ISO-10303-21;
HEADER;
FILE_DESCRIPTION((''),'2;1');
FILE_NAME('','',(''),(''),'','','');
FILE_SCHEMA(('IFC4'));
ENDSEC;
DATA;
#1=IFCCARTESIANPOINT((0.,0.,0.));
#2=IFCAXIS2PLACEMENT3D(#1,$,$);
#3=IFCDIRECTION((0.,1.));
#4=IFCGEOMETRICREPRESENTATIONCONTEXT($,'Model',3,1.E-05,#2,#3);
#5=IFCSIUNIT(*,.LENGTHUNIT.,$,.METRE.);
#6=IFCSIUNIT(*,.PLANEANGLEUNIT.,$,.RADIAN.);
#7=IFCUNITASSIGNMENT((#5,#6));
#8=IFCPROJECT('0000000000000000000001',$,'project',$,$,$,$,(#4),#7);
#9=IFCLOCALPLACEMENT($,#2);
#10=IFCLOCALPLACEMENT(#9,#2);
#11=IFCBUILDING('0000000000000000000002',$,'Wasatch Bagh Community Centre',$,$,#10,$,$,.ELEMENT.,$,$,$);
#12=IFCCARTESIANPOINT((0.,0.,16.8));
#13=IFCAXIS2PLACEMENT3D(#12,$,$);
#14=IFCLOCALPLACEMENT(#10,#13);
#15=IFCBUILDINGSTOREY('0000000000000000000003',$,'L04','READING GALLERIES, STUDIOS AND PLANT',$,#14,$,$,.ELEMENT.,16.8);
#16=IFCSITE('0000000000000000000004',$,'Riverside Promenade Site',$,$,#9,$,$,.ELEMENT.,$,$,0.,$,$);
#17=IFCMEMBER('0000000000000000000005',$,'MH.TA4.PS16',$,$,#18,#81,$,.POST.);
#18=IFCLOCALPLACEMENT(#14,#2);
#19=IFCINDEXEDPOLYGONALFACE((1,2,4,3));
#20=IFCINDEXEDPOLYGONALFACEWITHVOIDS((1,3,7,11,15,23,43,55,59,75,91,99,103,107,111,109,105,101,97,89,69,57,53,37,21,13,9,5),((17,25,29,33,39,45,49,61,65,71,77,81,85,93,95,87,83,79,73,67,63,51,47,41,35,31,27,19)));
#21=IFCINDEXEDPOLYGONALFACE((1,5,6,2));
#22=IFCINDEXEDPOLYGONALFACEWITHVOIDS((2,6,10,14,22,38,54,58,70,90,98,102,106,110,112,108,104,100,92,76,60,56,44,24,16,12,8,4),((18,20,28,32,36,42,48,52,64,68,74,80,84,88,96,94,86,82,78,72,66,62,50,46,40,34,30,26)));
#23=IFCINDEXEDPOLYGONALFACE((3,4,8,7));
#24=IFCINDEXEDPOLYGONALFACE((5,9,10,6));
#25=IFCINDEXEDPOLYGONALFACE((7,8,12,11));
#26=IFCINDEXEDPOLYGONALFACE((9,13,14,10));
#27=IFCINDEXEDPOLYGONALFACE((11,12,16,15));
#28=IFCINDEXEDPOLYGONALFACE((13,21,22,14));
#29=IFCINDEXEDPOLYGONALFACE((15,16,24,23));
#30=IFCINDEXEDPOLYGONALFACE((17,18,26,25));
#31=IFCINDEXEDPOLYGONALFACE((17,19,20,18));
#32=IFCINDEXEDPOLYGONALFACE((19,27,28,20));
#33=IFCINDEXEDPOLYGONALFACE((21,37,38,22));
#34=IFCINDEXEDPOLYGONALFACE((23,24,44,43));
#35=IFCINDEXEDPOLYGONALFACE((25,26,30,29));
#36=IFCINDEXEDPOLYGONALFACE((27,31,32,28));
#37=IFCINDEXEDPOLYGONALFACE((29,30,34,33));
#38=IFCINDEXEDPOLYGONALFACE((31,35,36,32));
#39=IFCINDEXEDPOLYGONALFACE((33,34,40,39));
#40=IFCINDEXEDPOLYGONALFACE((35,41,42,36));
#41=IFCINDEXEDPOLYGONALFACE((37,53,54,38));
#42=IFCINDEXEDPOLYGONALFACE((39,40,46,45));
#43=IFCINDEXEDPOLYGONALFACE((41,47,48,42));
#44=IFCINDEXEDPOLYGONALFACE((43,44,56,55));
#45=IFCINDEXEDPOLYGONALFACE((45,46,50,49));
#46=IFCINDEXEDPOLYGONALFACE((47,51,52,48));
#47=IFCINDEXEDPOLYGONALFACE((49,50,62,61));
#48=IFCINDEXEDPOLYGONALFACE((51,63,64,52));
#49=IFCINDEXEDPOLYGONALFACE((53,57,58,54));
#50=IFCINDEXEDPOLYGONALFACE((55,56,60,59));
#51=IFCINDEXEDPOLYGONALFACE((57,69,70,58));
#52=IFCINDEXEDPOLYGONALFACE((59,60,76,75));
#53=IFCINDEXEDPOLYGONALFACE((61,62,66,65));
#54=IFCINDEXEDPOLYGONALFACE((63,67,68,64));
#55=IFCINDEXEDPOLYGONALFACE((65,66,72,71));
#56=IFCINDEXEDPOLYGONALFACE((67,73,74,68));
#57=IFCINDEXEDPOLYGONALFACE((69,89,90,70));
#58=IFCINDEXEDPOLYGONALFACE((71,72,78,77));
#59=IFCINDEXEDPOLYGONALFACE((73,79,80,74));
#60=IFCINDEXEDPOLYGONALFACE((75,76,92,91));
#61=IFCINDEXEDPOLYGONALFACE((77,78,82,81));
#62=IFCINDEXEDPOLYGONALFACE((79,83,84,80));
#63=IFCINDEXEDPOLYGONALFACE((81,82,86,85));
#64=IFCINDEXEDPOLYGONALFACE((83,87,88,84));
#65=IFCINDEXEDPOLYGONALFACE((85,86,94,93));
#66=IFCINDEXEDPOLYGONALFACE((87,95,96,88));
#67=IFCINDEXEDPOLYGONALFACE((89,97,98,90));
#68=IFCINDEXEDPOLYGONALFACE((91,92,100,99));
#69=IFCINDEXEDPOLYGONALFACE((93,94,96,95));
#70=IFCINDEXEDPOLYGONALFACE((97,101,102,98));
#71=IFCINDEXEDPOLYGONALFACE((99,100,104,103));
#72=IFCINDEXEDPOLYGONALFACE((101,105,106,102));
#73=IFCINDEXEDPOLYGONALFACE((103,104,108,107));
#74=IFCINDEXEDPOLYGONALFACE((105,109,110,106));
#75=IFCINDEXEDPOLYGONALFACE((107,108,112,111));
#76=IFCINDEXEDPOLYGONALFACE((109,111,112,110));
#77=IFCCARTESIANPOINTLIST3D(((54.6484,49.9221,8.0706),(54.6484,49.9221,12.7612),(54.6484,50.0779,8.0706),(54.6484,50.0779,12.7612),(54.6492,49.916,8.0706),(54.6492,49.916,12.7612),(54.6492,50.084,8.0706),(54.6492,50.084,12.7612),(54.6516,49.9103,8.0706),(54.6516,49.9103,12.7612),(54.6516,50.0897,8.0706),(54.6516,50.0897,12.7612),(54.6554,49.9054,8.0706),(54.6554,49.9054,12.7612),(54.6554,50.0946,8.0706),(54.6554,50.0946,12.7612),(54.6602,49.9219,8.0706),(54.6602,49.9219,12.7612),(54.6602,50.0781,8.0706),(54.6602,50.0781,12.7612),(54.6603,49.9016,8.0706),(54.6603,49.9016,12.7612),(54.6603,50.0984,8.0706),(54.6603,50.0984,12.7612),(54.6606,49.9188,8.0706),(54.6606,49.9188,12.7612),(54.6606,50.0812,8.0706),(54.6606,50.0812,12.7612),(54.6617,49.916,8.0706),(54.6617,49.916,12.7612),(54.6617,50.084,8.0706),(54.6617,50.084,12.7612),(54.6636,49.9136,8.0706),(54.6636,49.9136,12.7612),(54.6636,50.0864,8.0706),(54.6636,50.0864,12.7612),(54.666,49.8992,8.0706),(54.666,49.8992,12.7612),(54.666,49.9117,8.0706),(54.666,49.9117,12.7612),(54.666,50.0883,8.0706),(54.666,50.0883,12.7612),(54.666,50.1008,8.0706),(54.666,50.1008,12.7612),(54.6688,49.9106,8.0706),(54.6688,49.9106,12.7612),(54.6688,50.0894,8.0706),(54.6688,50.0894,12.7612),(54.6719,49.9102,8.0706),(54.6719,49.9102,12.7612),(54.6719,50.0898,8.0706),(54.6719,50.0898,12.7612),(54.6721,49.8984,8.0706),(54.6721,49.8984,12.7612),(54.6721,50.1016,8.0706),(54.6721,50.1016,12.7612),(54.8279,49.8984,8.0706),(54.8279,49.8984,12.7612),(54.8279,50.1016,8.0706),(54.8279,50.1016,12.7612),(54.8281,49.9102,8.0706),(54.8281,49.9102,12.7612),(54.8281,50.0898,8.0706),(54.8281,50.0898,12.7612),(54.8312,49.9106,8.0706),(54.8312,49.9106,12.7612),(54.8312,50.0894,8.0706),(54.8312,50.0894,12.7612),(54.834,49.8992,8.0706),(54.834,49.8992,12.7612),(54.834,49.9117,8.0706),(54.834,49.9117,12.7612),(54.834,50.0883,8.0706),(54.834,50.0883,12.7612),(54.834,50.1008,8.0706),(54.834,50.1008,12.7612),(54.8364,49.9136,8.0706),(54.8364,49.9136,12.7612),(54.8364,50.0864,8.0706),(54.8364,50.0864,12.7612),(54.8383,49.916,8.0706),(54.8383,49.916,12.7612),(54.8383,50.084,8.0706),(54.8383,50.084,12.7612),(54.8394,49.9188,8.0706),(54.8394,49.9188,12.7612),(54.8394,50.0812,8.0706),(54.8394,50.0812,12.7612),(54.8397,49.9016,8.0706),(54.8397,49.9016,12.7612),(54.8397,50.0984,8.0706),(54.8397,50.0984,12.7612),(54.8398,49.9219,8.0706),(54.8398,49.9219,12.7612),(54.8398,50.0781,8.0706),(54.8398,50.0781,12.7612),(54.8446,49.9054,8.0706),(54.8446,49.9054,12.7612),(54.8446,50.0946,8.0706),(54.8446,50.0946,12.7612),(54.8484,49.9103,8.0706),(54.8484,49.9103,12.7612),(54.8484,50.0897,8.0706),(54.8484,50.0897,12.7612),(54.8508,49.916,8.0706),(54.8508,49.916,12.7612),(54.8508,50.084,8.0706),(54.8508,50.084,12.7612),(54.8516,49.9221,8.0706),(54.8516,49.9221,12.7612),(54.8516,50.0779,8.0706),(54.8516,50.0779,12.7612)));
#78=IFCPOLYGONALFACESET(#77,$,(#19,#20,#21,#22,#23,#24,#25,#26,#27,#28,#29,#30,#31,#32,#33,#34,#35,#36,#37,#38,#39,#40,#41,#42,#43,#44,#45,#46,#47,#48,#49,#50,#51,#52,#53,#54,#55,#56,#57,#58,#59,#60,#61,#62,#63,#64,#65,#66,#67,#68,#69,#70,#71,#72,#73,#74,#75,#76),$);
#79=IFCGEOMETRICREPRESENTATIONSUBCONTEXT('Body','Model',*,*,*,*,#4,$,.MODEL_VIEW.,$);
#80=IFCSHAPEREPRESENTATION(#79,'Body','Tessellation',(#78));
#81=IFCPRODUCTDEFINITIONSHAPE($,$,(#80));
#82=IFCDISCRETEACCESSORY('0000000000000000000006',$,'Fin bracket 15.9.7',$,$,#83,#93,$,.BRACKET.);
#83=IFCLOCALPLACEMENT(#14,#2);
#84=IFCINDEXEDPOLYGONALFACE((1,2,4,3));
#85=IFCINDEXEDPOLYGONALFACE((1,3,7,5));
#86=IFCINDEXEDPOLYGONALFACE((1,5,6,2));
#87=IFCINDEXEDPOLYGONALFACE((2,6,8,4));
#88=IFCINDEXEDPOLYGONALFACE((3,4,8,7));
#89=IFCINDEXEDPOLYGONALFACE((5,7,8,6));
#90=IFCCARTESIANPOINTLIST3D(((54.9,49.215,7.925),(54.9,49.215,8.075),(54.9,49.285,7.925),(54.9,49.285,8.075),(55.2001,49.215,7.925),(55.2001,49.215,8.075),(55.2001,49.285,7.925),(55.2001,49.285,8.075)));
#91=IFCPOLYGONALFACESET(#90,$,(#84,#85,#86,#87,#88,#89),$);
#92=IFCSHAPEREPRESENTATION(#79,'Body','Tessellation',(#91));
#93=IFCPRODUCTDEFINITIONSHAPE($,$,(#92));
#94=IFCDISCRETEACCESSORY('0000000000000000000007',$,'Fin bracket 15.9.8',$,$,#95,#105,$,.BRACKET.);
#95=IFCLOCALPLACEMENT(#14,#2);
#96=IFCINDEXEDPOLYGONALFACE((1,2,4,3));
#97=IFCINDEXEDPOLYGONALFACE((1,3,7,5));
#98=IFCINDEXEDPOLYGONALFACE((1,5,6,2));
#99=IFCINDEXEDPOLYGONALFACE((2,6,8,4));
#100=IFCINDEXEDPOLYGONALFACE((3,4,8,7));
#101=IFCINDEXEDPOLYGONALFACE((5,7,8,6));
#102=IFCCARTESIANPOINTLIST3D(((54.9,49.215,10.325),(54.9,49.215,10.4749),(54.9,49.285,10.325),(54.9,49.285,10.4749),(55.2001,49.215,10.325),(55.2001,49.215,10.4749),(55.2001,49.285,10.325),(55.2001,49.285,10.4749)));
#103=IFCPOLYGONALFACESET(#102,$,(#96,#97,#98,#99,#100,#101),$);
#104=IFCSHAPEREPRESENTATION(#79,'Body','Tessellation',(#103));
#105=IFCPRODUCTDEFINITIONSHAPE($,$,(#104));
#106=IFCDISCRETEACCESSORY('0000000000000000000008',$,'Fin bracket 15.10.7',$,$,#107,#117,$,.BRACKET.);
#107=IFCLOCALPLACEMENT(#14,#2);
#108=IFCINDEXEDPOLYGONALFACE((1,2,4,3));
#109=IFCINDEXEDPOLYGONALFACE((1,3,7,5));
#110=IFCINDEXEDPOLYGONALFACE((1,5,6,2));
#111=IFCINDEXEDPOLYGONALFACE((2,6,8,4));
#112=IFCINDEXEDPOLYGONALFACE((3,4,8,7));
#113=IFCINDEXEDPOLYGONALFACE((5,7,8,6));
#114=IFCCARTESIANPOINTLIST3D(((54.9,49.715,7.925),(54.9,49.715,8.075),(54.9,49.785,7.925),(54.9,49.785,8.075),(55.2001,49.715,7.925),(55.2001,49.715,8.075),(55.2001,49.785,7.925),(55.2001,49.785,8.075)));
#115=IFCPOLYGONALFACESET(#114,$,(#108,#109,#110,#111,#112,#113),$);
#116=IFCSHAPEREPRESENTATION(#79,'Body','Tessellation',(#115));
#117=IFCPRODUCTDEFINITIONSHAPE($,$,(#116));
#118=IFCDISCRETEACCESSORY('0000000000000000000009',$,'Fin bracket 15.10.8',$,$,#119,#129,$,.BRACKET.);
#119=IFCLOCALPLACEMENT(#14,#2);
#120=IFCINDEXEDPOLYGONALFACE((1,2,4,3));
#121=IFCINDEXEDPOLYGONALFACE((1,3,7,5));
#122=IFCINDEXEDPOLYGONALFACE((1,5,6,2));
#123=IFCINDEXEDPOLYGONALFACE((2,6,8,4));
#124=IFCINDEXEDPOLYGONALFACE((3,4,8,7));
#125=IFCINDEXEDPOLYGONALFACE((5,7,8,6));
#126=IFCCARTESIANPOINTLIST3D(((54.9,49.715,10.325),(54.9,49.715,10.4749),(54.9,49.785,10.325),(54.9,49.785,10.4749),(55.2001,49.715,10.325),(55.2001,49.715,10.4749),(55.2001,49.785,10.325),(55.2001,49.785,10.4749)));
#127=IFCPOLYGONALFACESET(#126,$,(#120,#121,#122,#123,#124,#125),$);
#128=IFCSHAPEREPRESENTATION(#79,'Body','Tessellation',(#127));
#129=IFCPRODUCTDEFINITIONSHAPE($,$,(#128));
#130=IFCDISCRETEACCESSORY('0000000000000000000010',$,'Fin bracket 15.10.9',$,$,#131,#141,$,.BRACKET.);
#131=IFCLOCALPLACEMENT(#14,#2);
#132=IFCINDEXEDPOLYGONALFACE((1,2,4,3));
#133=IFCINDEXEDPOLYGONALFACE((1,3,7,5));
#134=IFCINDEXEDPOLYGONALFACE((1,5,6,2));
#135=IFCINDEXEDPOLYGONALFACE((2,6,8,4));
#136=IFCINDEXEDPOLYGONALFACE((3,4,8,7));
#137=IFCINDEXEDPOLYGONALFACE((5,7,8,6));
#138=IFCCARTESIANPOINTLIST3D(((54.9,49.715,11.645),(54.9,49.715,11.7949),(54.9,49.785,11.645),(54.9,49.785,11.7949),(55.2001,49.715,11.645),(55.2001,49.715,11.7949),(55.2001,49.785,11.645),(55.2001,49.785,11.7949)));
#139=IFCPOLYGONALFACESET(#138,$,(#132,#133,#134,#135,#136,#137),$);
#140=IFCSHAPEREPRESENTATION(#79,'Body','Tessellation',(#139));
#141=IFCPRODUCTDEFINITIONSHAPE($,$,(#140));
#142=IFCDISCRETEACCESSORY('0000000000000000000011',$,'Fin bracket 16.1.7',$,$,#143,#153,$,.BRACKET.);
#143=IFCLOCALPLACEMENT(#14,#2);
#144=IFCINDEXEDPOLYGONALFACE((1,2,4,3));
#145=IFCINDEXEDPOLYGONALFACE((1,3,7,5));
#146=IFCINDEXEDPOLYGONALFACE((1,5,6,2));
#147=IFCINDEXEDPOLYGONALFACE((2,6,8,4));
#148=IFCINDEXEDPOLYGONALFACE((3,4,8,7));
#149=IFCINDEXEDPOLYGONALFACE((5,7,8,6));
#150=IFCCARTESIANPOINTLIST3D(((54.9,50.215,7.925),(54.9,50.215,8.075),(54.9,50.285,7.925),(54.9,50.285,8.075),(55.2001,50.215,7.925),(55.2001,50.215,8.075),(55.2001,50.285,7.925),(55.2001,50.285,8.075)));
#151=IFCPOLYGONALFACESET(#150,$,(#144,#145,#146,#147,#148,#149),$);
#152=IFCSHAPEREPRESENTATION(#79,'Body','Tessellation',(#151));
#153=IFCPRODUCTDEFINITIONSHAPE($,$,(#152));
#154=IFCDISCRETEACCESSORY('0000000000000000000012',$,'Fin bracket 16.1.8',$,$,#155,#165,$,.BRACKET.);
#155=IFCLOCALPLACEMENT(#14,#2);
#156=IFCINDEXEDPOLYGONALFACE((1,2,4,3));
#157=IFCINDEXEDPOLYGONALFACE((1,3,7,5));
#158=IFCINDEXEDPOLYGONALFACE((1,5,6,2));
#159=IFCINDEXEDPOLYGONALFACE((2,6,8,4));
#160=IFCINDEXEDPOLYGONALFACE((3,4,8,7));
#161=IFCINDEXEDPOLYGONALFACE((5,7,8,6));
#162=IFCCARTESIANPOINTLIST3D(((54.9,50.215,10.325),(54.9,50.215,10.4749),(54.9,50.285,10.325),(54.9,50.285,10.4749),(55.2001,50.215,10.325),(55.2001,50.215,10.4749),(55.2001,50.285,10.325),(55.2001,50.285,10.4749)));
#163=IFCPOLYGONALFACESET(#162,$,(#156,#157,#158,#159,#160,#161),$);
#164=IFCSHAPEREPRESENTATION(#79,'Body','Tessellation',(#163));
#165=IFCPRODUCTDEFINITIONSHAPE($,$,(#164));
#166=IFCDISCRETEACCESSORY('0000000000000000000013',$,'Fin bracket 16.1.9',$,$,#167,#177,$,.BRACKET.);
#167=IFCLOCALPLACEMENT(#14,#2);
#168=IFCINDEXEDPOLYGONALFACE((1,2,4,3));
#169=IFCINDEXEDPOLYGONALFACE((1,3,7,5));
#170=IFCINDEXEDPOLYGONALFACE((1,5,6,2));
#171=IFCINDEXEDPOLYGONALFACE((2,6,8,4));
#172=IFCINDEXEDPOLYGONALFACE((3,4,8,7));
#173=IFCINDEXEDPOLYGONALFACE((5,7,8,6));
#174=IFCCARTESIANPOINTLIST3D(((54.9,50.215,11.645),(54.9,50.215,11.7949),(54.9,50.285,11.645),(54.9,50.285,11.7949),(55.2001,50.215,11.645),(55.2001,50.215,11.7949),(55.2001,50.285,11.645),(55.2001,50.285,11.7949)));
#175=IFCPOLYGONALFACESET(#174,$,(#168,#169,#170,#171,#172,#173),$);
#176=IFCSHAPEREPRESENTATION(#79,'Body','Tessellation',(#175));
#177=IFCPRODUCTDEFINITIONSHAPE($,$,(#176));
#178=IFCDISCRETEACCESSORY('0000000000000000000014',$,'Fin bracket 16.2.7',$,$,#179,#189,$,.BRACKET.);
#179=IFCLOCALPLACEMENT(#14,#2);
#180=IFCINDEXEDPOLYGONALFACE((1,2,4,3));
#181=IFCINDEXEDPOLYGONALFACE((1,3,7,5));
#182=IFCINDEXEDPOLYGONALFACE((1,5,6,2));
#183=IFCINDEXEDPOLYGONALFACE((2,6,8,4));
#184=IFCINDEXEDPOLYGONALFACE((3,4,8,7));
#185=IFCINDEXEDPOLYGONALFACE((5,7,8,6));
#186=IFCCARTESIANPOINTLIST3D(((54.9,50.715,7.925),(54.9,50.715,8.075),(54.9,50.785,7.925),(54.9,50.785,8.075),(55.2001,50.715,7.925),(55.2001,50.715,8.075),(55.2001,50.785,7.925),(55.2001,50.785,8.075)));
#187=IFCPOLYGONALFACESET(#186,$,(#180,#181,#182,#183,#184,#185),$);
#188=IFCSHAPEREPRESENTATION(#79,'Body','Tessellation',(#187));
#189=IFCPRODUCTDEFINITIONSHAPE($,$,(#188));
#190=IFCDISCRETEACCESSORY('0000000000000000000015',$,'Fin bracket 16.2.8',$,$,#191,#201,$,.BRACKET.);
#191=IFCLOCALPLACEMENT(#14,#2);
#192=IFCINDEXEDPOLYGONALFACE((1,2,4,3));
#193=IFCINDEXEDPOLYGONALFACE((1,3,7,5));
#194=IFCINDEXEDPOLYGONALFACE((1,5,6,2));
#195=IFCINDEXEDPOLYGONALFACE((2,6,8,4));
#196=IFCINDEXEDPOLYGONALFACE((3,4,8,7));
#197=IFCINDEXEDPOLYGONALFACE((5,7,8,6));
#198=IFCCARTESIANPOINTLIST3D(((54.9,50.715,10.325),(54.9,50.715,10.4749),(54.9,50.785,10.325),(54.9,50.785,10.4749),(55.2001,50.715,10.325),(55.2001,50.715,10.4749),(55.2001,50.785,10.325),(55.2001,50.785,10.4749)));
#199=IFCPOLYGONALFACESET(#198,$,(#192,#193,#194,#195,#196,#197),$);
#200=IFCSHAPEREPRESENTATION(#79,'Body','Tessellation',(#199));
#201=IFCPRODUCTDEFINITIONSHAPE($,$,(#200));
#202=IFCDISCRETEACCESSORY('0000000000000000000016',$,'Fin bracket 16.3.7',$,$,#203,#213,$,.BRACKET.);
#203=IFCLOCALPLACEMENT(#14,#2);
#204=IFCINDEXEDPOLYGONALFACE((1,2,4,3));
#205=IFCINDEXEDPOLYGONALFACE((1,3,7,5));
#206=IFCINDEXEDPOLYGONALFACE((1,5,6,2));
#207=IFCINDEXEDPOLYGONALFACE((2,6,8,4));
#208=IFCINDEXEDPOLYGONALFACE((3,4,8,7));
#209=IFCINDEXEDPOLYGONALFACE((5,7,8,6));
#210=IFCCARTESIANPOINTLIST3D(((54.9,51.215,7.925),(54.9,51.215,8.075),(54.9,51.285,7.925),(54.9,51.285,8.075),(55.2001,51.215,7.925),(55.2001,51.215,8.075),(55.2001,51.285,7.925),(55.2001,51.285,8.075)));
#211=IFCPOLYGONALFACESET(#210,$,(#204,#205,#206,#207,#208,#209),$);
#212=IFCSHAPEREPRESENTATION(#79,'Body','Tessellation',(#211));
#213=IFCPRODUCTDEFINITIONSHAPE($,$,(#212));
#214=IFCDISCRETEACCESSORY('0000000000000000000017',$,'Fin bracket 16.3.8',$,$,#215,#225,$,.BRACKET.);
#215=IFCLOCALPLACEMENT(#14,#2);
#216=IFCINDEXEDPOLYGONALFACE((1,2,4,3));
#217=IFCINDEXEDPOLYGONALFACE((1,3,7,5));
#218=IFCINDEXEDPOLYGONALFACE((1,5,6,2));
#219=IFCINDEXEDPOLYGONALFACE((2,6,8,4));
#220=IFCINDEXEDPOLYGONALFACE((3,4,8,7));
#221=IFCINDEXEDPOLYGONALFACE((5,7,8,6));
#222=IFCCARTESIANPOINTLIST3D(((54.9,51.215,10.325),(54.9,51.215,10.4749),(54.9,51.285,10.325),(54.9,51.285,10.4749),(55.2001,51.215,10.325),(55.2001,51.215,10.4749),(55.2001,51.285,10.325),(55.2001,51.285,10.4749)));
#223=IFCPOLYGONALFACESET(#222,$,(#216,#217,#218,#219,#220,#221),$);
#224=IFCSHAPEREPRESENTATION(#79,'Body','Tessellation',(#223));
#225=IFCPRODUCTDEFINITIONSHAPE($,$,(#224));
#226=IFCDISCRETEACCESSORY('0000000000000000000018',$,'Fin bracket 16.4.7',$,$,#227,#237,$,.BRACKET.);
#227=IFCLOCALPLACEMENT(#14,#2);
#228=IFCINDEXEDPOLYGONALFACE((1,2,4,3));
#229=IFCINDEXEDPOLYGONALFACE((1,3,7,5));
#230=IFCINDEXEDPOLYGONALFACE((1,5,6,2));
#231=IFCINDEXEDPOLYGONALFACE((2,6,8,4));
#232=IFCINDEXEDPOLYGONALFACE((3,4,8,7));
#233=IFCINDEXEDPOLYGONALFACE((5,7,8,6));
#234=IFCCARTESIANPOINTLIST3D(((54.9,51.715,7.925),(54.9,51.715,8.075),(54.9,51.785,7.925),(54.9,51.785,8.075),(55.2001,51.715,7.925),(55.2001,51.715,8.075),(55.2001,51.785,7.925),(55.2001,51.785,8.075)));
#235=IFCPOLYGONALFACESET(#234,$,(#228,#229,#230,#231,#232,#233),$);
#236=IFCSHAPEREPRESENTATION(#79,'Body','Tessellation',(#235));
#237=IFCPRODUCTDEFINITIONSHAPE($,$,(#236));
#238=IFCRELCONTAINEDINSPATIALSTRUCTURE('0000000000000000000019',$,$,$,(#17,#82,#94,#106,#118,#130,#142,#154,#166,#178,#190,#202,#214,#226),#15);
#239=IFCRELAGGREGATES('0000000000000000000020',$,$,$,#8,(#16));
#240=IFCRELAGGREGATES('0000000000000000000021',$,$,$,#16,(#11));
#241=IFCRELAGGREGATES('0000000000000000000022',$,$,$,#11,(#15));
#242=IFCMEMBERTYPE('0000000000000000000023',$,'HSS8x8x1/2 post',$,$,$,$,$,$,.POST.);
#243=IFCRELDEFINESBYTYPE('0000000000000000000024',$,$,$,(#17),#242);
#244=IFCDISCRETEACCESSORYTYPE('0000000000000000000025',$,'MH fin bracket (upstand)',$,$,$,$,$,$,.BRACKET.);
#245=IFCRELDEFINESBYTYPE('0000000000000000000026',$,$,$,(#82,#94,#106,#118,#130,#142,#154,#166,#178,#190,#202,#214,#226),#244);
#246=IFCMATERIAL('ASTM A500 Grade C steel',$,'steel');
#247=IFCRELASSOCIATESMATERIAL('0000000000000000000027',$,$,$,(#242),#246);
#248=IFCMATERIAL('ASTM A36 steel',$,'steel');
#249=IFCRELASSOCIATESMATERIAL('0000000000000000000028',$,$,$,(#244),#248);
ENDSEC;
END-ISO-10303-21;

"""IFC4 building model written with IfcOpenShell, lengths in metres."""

from ifc_helpers import new_model, si_unit, direction, frame, origin, origin_2d, place, context, subcontext, project, spatial, rectangle, hollow_rectangle, extrude, material, material_profile, profile_set, type_object, element, save


model = new_model("IFC4")

# Units and contexts
model_context = context("Model", 3, precision=1e-05, world=origin(), true_north=direction((0.0, 1.0)))
body_context = subcontext(model_context, "Body", "Model", "MODEL_VIEW")
ifc_project = project(units=[si_unit("LENGTHUNIT", "METRE"), si_unit("PLANEANGLEUNIT", "RADIAN")], contexts=[model_context])

# Site, building, storey
site_placement = place(None, origin())
site = spatial("IfcSite", under=ifc_project, at=site_placement, Name="Riverside Promenade Site", CompositionType="ELEMENT", RefElevation=0.0)
building_placement = place(site_placement, origin())
building = spatial("IfcBuilding", under=site, at=building_placement, Name="Wasatch Bagh Community Centre", CompositionType="ELEMENT")
storey_placement = place(building_placement, frame((0.0, 0.0, 16.8)))
storey = spatial("IfcBuildingStorey", under=building, at=storey_placement, Name="L04", Description="READING GALLERIES, STUDIOS AND PLANT", CompositionType="ELEMENT", Elevation=16.8)

# Member
ifc_material_1 = material(Name="ASTM A500 Grade C steel", Category="steel")
ifc_material_profile = material_profile(ifc_material_1, hollow_rectangle(XDim=0.2031, YDim=0.2031, WallThickness=0.0117, InnerFilletRadius=0.0117, OuterFilletRadius=0.0237, at=origin_2d()), Name="HSS8x8x1/2")
ifc_profile_set = profile_set([ifc_material_profile], Name="ASTM A500 Grade C steel")
member_type = type_object("IfcMemberType", Name="HSS8x8x1/2 post", PredefinedType="POST", material=ifc_profile_set)
member_placement = place(storey_placement, frame((54.75, 50.0, 8.0706), z_axis=(0.0, 0.0, 1.0), x_axis=(1.0, 0.0, 0.0)))
element("IfcMember", 1, at=member_placement, inside=storey, type_object=member_type, Name="MH.TA4.PS16", PredefinedType="POST", context=body_context, shape_type="SweptSolid", body=[
    extrude(hollow_rectangle(XDim=0.2031, YDim=0.2031, WallThickness=0.0117, InnerFilletRadius=0.0117, OuterFilletRadius=0.0237, at=origin_2d()), origin(), (0.0, 0.0, 1.0), 4.6907),
])

# Discrete accessories
ifc_material_2 = material(Name="ASTM A36 steel", Category="steel")
discrete_accessory_type = type_object("IfcDiscreteAccessoryType", Name="MH fin bracket (upstand)", PredefinedType="BRACKET", material=ifc_material_2)
for number, where, z_axis, x_axis, name in (
    (2, (55.05, 49.25, 7.925), (0.0, 0.0, 1.0), (0.0, 1.0, 0.0), "Fin bracket 15.9.7"),
    (3, (55.05, 49.25, 10.325), (0.0, 0.0, 1.0), (0.0, 1.0, 0.0), "Fin bracket 15.9.8"),
    (4, (55.05, 49.75, 7.925), (0.0, 0.0, 1.0), (0.0, 1.0, 0.0), "Fin bracket 15.10.7"),
    (5, (55.05, 49.75, 10.325), (0.0, 0.0, 1.0), (0.0, 1.0, 0.0), "Fin bracket 15.10.8"),
    (6, (55.05, 49.75, 11.645), (0.0, 0.0, 1.0), (0.0, 1.0, 0.0), "Fin bracket 15.10.9"),
    (7, (55.05, 50.25, 7.925), (0.0, 0.0, 1.0), (0.0, 1.0, 0.0), "Fin bracket 16.1.7"),
    (8, (55.05, 50.25, 10.325), (0.0, 0.0, 1.0), (0.0, 1.0, 0.0), "Fin bracket 16.1.8"),
    (9, (55.05, 50.25, 11.645), (0.0, 0.0, 1.0), (0.0, 1.0, 0.0), "Fin bracket 16.1.9"),
    (10, (55.05, 50.75, 7.925), (0.0, 0.0, 1.0), (0.0, 1.0, 0.0), "Fin bracket 16.2.7"),
    (11, (55.05, 50.75, 10.325), (0.0, 0.0, 1.0), (0.0, 1.0, 0.0), "Fin bracket 16.2.8"),
    (12, (55.05, 51.25, 7.925), (0.0, 0.0, 1.0), (0.0, 1.0, 0.0), "Fin bracket 16.3.7"),
    (13, (55.05, 51.25, 10.325), (0.0, 0.0, 1.0), (0.0, 1.0, 0.0), "Fin bracket 16.3.8"),
    (14, (55.05, 51.75, 7.925), (0.0, 0.0, 1.0), (0.0, 1.0, 0.0), "Fin bracket 16.4.7"),
):
    element("IfcDiscreteAccessory", number, at=place(storey_placement, frame(where, z_axis=z_axis, x_axis=x_axis)), inside=storey, type_object=discrete_accessory_type, Name=name, PredefinedType="BRACKET", context=body_context, shape_type="SweptSolid", body=[
        extrude(rectangle(XDim=0.0701, YDim=0.3, at=origin_2d()), origin(), (0.0, 0.0, 1.0), 0.1499),
    ])

save(model, "model.ifc")
